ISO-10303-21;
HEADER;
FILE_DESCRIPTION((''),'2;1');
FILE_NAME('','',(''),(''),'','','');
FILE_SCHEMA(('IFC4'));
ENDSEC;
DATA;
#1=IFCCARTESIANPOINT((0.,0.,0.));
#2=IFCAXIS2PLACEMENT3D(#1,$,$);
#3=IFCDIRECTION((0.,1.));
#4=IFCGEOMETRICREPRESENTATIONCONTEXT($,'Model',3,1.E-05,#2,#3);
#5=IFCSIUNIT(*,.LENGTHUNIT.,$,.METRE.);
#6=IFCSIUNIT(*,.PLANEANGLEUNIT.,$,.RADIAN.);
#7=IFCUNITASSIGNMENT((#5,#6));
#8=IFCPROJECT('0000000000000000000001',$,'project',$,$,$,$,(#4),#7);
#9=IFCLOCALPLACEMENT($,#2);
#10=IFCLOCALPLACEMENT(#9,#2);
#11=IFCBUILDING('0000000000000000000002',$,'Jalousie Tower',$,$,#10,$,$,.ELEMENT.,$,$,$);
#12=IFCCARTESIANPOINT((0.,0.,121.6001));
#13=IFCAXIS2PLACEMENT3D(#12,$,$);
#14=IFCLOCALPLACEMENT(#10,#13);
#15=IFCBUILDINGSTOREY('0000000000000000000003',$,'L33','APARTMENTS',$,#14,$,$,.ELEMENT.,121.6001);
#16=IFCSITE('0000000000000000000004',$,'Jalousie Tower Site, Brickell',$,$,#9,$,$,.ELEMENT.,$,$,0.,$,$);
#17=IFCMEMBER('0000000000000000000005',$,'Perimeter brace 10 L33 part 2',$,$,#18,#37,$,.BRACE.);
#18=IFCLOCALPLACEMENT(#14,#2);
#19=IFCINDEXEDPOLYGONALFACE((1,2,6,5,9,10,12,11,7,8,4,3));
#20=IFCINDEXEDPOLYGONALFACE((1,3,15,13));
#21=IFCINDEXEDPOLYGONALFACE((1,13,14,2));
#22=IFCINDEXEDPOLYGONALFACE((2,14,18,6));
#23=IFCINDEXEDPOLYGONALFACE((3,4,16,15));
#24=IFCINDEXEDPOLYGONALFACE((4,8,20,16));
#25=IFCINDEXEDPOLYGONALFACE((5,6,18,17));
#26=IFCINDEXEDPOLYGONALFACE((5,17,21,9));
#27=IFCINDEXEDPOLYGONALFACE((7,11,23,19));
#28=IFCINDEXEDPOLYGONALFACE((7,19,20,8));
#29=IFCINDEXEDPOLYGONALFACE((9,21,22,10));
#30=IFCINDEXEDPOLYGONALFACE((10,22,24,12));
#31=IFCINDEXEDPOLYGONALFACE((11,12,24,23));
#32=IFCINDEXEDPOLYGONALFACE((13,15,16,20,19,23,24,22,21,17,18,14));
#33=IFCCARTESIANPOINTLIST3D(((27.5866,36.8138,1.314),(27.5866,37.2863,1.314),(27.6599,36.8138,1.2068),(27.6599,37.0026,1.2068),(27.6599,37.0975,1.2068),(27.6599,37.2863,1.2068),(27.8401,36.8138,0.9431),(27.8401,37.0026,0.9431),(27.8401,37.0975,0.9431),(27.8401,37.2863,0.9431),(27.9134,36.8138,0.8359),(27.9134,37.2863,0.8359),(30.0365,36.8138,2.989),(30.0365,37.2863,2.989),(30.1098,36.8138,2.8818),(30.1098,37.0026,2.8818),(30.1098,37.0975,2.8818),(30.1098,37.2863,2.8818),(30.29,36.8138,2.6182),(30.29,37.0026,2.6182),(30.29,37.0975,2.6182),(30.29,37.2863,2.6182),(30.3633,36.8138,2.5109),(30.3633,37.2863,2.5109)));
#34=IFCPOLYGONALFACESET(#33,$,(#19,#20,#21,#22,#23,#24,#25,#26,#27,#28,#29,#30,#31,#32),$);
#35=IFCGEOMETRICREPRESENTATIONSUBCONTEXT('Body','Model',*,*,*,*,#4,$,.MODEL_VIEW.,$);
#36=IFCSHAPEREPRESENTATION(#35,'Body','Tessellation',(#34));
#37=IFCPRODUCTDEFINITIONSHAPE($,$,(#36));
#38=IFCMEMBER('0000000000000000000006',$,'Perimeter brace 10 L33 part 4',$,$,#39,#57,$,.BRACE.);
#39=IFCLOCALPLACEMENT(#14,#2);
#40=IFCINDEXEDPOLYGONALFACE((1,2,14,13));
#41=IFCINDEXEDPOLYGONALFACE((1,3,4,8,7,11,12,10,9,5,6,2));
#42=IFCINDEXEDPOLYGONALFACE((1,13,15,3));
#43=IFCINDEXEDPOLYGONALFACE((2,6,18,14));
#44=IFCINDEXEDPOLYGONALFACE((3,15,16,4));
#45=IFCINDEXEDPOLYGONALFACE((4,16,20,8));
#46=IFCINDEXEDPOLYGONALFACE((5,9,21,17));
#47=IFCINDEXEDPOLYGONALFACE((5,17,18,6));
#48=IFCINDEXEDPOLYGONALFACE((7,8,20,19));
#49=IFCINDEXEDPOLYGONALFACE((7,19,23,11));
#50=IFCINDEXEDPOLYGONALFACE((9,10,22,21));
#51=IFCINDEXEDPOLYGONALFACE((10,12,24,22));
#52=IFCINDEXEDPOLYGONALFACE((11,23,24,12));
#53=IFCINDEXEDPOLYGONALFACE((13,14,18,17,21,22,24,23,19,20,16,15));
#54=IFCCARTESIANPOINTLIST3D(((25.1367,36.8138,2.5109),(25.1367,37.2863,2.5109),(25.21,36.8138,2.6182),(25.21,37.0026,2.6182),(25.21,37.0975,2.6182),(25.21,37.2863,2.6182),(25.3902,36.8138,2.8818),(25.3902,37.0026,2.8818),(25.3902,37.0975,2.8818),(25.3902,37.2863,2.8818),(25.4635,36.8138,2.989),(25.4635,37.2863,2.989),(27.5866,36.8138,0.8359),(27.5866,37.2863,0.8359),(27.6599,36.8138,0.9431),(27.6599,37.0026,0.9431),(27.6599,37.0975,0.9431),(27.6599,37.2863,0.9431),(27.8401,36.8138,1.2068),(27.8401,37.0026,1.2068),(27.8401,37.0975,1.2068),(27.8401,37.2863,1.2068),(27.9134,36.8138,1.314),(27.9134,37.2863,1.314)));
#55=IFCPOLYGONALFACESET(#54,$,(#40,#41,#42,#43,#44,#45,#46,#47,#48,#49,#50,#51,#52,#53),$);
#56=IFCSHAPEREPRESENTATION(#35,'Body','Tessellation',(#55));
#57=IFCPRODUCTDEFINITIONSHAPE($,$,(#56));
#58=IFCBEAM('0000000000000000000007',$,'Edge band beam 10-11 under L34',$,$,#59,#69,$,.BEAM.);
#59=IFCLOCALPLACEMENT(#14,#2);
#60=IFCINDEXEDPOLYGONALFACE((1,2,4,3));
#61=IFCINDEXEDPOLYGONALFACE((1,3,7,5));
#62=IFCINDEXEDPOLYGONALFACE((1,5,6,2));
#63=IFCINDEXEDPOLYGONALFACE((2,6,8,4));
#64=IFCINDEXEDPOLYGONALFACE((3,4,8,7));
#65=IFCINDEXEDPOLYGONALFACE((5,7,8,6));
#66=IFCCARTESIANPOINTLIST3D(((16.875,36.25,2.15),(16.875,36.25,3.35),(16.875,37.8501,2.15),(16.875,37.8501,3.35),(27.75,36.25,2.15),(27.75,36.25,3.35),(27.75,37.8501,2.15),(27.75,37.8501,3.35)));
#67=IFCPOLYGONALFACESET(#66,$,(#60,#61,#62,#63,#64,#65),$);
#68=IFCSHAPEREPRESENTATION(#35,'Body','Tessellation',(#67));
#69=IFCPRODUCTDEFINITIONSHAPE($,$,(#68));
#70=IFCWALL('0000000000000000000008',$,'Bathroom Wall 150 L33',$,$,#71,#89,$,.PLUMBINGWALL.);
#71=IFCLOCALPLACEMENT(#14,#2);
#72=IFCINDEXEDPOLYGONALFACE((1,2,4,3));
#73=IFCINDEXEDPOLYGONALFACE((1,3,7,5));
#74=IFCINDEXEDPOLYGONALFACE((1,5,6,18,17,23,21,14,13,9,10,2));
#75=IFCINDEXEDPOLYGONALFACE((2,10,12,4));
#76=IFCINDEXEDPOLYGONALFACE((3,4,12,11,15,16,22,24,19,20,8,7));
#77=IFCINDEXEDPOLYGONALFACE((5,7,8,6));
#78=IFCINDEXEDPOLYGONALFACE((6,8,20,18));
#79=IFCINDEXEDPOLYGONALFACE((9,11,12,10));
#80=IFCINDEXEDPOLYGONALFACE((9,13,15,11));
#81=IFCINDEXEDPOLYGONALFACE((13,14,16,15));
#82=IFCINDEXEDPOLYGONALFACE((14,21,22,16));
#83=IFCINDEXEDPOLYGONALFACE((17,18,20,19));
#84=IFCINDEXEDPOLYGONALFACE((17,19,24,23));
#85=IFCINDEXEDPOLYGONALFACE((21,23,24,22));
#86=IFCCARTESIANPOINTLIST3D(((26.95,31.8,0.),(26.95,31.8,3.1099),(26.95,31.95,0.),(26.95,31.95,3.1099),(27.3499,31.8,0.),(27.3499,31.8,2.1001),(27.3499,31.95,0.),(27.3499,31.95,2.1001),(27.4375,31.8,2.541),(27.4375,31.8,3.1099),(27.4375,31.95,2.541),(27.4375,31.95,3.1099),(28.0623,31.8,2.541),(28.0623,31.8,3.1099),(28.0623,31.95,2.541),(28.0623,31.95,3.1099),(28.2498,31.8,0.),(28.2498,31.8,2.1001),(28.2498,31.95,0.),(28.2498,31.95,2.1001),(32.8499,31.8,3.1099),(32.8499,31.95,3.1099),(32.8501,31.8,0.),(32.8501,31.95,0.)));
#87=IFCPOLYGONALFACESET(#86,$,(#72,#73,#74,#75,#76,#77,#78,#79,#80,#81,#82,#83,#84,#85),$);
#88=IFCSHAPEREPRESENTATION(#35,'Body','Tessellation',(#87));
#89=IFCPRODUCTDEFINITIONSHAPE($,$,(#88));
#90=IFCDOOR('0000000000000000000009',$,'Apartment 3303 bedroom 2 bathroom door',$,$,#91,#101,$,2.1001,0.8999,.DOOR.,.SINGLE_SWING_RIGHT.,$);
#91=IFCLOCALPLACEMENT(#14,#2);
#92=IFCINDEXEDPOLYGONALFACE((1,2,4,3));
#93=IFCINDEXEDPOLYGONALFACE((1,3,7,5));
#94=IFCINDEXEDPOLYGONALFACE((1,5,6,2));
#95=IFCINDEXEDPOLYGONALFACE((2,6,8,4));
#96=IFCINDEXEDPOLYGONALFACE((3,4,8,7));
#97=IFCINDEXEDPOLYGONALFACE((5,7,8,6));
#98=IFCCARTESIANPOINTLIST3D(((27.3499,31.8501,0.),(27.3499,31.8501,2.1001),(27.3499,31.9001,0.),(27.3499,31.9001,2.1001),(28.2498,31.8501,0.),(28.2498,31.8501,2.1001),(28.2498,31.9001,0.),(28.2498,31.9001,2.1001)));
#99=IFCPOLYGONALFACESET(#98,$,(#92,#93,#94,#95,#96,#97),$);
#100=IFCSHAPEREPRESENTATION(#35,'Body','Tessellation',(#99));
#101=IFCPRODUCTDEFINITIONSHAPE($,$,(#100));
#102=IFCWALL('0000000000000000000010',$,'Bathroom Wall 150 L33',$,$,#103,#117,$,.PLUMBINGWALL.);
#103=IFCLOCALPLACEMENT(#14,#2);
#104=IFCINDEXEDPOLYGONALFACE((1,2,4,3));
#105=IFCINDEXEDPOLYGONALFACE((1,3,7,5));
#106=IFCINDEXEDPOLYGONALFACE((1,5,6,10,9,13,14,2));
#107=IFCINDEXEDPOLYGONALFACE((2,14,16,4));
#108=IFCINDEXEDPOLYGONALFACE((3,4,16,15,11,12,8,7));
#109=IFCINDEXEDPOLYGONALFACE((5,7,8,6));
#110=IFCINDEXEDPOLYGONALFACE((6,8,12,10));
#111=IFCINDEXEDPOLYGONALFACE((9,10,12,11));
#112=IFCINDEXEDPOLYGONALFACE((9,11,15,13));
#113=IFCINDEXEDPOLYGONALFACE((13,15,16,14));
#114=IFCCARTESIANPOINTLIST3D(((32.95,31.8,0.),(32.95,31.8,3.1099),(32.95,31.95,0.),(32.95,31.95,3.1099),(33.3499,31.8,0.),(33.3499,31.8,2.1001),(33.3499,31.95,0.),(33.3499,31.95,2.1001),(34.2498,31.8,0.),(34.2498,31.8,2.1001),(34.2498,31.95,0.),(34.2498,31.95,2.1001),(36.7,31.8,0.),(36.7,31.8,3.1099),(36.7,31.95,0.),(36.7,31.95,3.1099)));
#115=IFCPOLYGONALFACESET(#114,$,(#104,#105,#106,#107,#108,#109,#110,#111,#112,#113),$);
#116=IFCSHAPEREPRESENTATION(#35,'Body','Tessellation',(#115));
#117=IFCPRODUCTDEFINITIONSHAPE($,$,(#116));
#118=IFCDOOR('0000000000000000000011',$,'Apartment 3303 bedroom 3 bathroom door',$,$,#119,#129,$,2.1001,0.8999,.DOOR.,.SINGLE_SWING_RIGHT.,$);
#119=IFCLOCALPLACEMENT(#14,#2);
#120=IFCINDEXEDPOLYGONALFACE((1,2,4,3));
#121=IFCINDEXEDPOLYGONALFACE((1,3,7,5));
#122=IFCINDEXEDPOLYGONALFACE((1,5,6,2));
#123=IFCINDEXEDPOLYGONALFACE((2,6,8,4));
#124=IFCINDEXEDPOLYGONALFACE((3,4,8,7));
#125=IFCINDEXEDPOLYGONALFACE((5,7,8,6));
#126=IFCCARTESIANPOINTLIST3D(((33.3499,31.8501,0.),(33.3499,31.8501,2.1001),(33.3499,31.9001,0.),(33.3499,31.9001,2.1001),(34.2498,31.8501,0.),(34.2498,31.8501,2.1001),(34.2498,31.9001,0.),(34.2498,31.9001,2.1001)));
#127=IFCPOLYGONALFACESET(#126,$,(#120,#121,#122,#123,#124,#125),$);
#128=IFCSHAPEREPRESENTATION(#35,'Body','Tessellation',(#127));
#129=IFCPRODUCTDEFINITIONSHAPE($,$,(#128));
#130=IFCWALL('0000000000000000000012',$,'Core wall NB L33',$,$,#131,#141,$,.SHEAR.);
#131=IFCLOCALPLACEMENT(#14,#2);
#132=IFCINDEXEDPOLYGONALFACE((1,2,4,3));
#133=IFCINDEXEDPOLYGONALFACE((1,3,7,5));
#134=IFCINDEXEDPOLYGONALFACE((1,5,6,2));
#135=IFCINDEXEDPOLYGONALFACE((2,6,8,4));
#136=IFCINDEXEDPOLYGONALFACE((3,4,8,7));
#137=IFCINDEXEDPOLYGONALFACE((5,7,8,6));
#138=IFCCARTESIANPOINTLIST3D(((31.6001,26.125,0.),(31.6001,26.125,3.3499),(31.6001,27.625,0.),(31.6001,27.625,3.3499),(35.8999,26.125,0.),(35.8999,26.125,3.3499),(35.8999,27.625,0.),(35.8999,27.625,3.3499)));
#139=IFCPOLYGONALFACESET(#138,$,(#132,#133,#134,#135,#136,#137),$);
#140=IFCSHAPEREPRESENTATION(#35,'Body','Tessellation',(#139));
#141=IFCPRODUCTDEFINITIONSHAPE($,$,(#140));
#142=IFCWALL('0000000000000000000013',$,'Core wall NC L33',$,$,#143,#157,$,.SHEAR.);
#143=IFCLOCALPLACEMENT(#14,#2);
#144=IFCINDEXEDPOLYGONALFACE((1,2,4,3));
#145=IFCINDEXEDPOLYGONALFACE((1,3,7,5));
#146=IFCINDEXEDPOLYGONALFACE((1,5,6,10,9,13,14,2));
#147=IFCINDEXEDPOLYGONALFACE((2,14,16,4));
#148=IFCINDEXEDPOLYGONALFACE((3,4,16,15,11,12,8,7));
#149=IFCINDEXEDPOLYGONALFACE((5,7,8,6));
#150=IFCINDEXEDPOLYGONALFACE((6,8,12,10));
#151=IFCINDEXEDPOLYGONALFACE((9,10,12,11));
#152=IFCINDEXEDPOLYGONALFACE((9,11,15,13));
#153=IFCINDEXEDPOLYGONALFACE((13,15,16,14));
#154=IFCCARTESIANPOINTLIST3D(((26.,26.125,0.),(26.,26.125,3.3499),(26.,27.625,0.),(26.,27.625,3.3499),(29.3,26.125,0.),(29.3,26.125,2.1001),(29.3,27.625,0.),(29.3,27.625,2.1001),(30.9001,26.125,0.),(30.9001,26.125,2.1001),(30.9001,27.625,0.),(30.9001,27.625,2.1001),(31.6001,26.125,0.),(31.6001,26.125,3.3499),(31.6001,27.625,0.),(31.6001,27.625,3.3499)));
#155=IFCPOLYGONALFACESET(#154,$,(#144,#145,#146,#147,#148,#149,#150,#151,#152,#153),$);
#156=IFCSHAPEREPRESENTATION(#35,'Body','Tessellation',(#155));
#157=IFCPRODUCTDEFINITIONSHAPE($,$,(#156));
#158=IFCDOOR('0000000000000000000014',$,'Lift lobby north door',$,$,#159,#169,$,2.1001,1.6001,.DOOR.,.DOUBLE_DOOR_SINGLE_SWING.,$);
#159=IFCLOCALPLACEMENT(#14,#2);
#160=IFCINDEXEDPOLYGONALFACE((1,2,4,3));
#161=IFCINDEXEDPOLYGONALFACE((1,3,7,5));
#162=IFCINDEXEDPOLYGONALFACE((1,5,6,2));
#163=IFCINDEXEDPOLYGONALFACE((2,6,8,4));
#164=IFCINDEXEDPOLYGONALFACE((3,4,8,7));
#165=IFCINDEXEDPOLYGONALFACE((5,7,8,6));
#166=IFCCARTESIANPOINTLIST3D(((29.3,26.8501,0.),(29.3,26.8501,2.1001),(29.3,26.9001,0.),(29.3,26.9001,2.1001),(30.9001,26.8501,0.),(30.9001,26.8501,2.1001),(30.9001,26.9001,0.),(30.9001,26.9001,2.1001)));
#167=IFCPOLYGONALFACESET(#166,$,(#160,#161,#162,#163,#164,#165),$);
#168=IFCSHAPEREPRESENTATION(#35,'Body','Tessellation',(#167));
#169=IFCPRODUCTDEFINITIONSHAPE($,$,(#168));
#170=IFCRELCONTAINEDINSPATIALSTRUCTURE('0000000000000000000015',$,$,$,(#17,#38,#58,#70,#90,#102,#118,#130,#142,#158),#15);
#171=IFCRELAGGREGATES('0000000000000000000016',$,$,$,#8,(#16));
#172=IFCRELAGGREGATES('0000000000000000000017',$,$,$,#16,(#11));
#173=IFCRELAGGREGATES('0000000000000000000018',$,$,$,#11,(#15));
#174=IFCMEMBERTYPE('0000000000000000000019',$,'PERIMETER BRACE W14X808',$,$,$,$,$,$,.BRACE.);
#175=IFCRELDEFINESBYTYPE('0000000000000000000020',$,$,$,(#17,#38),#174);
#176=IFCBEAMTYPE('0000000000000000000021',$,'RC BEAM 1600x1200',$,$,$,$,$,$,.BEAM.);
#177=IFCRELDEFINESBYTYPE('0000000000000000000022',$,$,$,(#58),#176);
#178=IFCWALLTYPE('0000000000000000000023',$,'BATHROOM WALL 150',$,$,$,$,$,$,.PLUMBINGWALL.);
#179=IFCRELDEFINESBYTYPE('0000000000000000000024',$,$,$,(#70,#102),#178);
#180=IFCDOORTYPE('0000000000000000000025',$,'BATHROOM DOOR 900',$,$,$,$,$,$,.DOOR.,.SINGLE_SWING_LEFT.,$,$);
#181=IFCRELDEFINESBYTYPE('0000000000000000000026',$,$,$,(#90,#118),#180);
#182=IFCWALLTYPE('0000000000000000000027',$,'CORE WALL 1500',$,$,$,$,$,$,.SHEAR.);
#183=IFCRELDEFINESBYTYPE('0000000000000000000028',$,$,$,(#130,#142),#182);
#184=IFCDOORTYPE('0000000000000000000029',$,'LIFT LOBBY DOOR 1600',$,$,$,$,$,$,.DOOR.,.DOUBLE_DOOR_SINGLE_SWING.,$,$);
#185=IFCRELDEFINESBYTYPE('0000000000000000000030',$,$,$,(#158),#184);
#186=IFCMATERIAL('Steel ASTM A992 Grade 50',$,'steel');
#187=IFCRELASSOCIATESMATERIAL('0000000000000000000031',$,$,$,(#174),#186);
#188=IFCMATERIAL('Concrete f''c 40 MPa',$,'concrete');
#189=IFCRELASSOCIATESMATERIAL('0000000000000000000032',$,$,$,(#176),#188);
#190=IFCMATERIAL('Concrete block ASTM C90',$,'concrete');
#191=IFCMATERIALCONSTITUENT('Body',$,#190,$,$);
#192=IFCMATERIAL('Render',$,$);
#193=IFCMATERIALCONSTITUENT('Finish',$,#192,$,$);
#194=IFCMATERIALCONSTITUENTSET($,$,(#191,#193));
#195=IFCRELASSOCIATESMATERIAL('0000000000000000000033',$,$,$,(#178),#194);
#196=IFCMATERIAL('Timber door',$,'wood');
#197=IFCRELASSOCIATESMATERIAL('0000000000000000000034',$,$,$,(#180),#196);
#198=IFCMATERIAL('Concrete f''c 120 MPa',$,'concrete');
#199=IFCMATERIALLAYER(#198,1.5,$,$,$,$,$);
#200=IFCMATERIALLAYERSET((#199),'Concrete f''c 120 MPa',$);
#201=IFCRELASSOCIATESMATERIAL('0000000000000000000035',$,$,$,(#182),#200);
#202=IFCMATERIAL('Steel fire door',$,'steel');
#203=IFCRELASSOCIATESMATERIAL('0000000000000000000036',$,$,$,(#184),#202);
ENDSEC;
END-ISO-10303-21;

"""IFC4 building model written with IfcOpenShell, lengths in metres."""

from ifc_helpers import new_model, si_unit, direction, frame, frame_2d, origin, origin_2d, place, context, subcontext, project, spatial, polyline, rectangle, i_section, outline, extrude, material, layer, layer_set, constituent, constituent_set, material_profile, profile_set, type_object, element, fill, save


model = new_model("IFC4")

# Units and contexts
model_context = context("Model", 3, precision=1e-05, world=origin(), true_north=direction((0.0, 1.0)))
body_context = subcontext(model_context, "Body", "Model", "MODEL_VIEW")
ifc_project = project(units=[si_unit("LENGTHUNIT", "METRE"), si_unit("PLANEANGLEUNIT", "RADIAN")], contexts=[model_context])

# Site, building, storey
site_placement = place(None, origin())
site = spatial("IfcSite", under=ifc_project, at=site_placement, Name="Jalousie Tower Site, Brickell", CompositionType="ELEMENT", RefElevation=0.0)
building_placement = place(site_placement, origin())
building = spatial("IfcBuilding", under=site, at=building_placement, Name="Jalousie Tower", CompositionType="ELEMENT")
storey_placement = place(building_placement, frame((0.0, 0.0, 121.6001)))
storey = spatial("IfcBuildingStorey", under=building, at=storey_placement, Name="L33", Description="APARTMENTS", CompositionType="ELEMENT", Elevation=121.6001)

# Members
ifc_material_1 = material(Name="Steel ASTM A992 Grade 50", Category="steel")
ifc_material_profile_1 = material_profile(ifc_material_1, i_section(OverallWidth=0.4724, OverallDepth=0.5791, WebThickness=0.095, FlangeThickness=0.1299, at=origin_2d()), Name="W14X808")
ifc_profile_set_1 = profile_set([ifc_material_profile_1], Name="Steel ASTM A992 Grade 50")
member_type = type_object("IfcMemberType", Name="PERIMETER BRACE W14X808", PredefinedType="BRACE", material=ifc_profile_set_1)
for number, where, z_axis, x_axis, name in (
    (1, (27.75, 37.05, 1.075), (0.825501, 0.0, 0.564401), (0.0, 1.0, 0.0), "Perimeter brace 10 L33 part 2"),
    (2, (27.75, 37.05, 1.075), (-0.825501, 0.0, 0.564401), (0.0, -1.0, 0.0), "Perimeter brace 10 L33 part 4"),
):
    element("IfcMember", number, at=place(storey_placement, frame(where, z_axis=z_axis, x_axis=x_axis)), inside=storey, type_object=member_type, Name=name, PredefinedType="BRACE", context=body_context, shape_type="SweptSolid", body=[
        extrude(i_section(OverallWidth=0.4724, OverallDepth=0.5791, WebThickness=0.095, FlangeThickness=0.1299, at=origin_2d()), origin(), (0.0, 0.0, 1.0), 2.9678),
    ])

# Beam
ifc_material_2 = material(Name="Concrete f'c 40 MPa", Category="concrete")
ifc_material_profile_2 = material_profile(ifc_material_2, rectangle(XDim=1.6001, YDim=1.2, at=origin_2d()), Name="RC 1600x1200")
ifc_profile_set_2 = profile_set([ifc_material_profile_2], Name="Concrete f'c 40 MPa")
beam_type = type_object("IfcBeamType", Name="RC BEAM 1600x1200", PredefinedType="BEAM", material=ifc_profile_set_2)
beam_placement = place(storey_placement, frame((27.75, 37.05, 2.75), z_axis=(-1.0, 0.0, 0.0), x_axis=(0.0, -1.0, 0.0)))
element("IfcBeam", 3, at=beam_placement, inside=storey, type_object=beam_type, Name="Edge band beam 10-11 under L34", PredefinedType="BEAM", context=body_context, shape_type="SweptSolid", body=[
    extrude(rectangle(XDim=1.6001, YDim=1.2, at=origin_2d()), origin(), (0.0, 0.0, 1.0), 10.875),
])

# Walls, openings, doors
ifc_material_3 = material(Name="Concrete block ASTM C90", Category="concrete")
ifc_constituent_1 = constituent(ifc_material_3, Name="Body")
ifc_material_4 = material(Name="Render")
ifc_constituent_2 = constituent(ifc_material_4, Name="Finish")
ifc_constituent_set_1 = constituent_set(constituents=[ifc_constituent_1, ifc_constituent_2])
wall_type_1 = type_object("IfcWallType", Name="BATHROOM WALL 150", PredefinedType="PLUMBINGWALL", material=ifc_constituent_set_1)
wall_1_placement = place(storey_placement, frame((26.95, 31.875, 0.0), z_axis=(0.0, 0.0, 1.0), x_axis=(1.0, 0.0, 0.0)))
wall_1 = element("IfcWall", 4, at=wall_1_placement, inside=storey, type_object=wall_type_1, Name="Bathroom Wall 150 L33", PredefinedType="PLUMBINGWALL", context=body_context, shape_type="SweptSolid", body=[
    extrude(outline(polyline([(0.0, 0.0), (5.9001, 0.0), (5.8999, 3.1099), (1.1123, 3.1099), (1.1123, 2.541), (0.4875, 2.541), (0.4875, 3.1099), (0.0, 3.1099), (0.0, 0.0)])), frame((0.0, 0.075, 0.0), z_axis=(0.0, -1.0, 0.0), x_axis=(1.0, 0.0, 0.0)), (0.0, 0.0, 1.0), 0.1499),
])
opening_1_placement = place(wall_1_placement, frame((0.3999, 0.0, 0.0)))
opening_1 = element("IfcOpeningElement", 5, at=opening_1_placement, cuts=wall_1, PredefinedType="OPENING", context=body_context, shape_type="SweptSolid", body=[
    extrude(rectangle(XDim=0.8999, YDim=2.1001, at=frame_2d((0.45, 1.05))), frame((0.0, 0.085, 0.0), z_axis=(0.0, -1.0, 0.0), x_axis=(1.0, 0.0, 0.0)), (0.0, 0.0, 1.0), 0.1699),
])
ifc_material_5 = material(Name="Timber door", Category="wood")
door_type_1 = type_object("IfcDoorType", Name="BATHROOM DOOR 900", OperationType="SINGLE_SWING_LEFT", PredefinedType="DOOR", material=ifc_material_5)
door_1_placement = place(opening_1_placement, frame((0.8999, 0.0, 0.0), z_axis=(0.0, 0.0, 1.0), x_axis=(-1.0, 0.0, 0.0)))
door_1 = element("IfcDoor", 6, at=door_1_placement, inside=storey, type_object=door_type_1, Name="Apartment 3303 bedroom 2 bathroom door", OperationType="SINGLE_SWING_RIGHT", OverallHeight=2.1001, OverallWidth=0.8999, PredefinedType="DOOR", context=body_context, shape_type="SweptSolid", body=[
    extrude(rectangle(XDim=0.8999, YDim=2.1001, at=frame_2d((0.45, 1.05))), frame((0.0, 0.0249, 0.0), z_axis=(0.0, -1.0, 0.0), x_axis=(1.0, 0.0, 0.0)), (0.0, 0.0, 1.0), 0.05),
])
fill(opening_1, door_1)
wall_2_placement = place(storey_placement, frame((32.95, 31.875, 0.0), z_axis=(0.0, 0.0, 1.0), x_axis=(1.0, 0.0, 0.0)))
wall_2 = element("IfcWall", 7, at=wall_2_placement, inside=storey, type_object=wall_type_1, Name="Bathroom Wall 150 L33", PredefinedType="PLUMBINGWALL", context=body_context, shape_type="SweptSolid", body=[
    extrude(rectangle(XDim=3.75, YDim=0.1499, at=frame_2d((1.875, 0.0))), origin(), (0.0, 0.0, 1.0), 3.1099),
])
opening_2_placement = place(wall_2_placement, frame((0.3999, 0.0, 0.0)))
opening_2 = element("IfcOpeningElement", 8, at=opening_2_placement, cuts=wall_2, PredefinedType="OPENING", context=body_context, shape_type="SweptSolid", body=[
    extrude(rectangle(XDim=0.8999, YDim=2.1001, at=frame_2d((0.45, 1.05))), frame((0.0, 0.085, 0.0), z_axis=(0.0, -1.0, 0.0), x_axis=(1.0, 0.0, 0.0)), (0.0, 0.0, 1.0), 0.1699),
])
door_2_placement = place(opening_2_placement, frame((0.8999, 0.0, 0.0), z_axis=(0.0, 0.0, 1.0), x_axis=(-1.0, 0.0, 0.0)))
door_2 = element("IfcDoor", 9, at=door_2_placement, inside=storey, type_object=door_type_1, Name="Apartment 3303 bedroom 3 bathroom door", OperationType="SINGLE_SWING_RIGHT", OverallHeight=2.1001, OverallWidth=0.8999, PredefinedType="DOOR", context=body_context, shape_type="SweptSolid", body=[
    extrude(rectangle(XDim=0.8999, YDim=2.1001, at=frame_2d((0.45, 1.05))), frame((0.0, 0.0249, 0.0), z_axis=(0.0, -1.0, 0.0), x_axis=(1.0, 0.0, 0.0)), (0.0, 0.0, 1.0), 0.05),
])
fill(opening_2, door_2)

# Wall
ifc_material_6 = material(Name="Concrete f'c 120 MPa", Category="concrete")
ifc_layer_1 = layer(ifc_material_6, 1.5)
ifc_layer_set_1 = layer_set([ifc_layer_1], Name="Concrete f'c 120 MPa")
wall_type_2 = type_object("IfcWallType", Name="CORE WALL 1500", PredefinedType="SHEAR", material=ifc_layer_set_1)
wall_3_placement = place(storey_placement, frame((35.8999, 26.875, 0.0), z_axis=(0.0, 0.0, 1.0), x_axis=(-1.0, 0.0, 0.0)))
element("IfcWall", 10, at=wall_3_placement, inside=storey, type_object=wall_type_2, Name="Core wall NB L33", PredefinedType="SHEAR", context=body_context, shape_type="SweptSolid", body=[
    extrude(rectangle(XDim=4.2998, YDim=1.5, at=frame_2d((2.1499, 0.0))), origin(), (0.0, 0.0, 1.0), 3.3499),
])

# Wall, opening, door
wall_4_placement = place(storey_placement, frame((31.6001, 26.875, 0.0), z_axis=(0.0, 0.0, 1.0), x_axis=(-1.0, 0.0, 0.0)))
wall_4 = element("IfcWall", 11, at=wall_4_placement, inside=storey, type_object=wall_type_2, Name="Core wall NC L33", PredefinedType="SHEAR", context=body_context, shape_type="SweptSolid", body=[
    extrude(rectangle(XDim=5.6001, YDim=1.5, at=frame_2d((2.8, 0.0))), origin(), (0.0, 0.0, 1.0), 3.3499),
])
opening_3_placement = place(wall_4_placement, frame((0.7, 0.0, 0.0)))
opening_3 = element("IfcOpeningElement", 12, at=opening_3_placement, cuts=wall_4, PredefinedType="OPENING", context=body_context, shape_type="SweptSolid", body=[
    extrude(rectangle(XDim=1.6001, YDim=2.1001, at=frame_2d((0.8, 1.05))), frame((0.0, 0.76, 0.0), z_axis=(0.0, -1.0, 0.0), x_axis=(1.0, 0.0, 0.0)), (0.0, 0.0, 1.0), 1.52),
])
ifc_material_7 = material(Name="Steel fire door", Category="steel")
door_type_2 = type_object("IfcDoorType", Name="LIFT LOBBY DOOR 1600", OperationType="DOUBLE_DOOR_SINGLE_SWING", PredefinedType="DOOR", material=ifc_material_7)
door_3_placement = place(opening_3_placement, origin())
door_3 = element("IfcDoor", 13, at=door_3_placement, inside=storey, type_object=door_type_2, Name="Lift lobby north door", OperationType="DOUBLE_DOOR_SINGLE_SWING", OverallHeight=2.1001, OverallWidth=1.6001, PredefinedType="DOOR", context=body_context, shape_type="SweptSolid", body=[
    extrude(rectangle(XDim=1.6001, YDim=2.1001, at=frame_2d((0.8, 1.05))), frame((0.0, 0.0249, 0.0), z_axis=(0.0, -1.0, 0.0), x_axis=(1.0, 0.0, 0.0)), (0.0, 0.0, 1.0), 0.05),
])
fill(opening_3, door_3)

save(model, "model.ifc")
